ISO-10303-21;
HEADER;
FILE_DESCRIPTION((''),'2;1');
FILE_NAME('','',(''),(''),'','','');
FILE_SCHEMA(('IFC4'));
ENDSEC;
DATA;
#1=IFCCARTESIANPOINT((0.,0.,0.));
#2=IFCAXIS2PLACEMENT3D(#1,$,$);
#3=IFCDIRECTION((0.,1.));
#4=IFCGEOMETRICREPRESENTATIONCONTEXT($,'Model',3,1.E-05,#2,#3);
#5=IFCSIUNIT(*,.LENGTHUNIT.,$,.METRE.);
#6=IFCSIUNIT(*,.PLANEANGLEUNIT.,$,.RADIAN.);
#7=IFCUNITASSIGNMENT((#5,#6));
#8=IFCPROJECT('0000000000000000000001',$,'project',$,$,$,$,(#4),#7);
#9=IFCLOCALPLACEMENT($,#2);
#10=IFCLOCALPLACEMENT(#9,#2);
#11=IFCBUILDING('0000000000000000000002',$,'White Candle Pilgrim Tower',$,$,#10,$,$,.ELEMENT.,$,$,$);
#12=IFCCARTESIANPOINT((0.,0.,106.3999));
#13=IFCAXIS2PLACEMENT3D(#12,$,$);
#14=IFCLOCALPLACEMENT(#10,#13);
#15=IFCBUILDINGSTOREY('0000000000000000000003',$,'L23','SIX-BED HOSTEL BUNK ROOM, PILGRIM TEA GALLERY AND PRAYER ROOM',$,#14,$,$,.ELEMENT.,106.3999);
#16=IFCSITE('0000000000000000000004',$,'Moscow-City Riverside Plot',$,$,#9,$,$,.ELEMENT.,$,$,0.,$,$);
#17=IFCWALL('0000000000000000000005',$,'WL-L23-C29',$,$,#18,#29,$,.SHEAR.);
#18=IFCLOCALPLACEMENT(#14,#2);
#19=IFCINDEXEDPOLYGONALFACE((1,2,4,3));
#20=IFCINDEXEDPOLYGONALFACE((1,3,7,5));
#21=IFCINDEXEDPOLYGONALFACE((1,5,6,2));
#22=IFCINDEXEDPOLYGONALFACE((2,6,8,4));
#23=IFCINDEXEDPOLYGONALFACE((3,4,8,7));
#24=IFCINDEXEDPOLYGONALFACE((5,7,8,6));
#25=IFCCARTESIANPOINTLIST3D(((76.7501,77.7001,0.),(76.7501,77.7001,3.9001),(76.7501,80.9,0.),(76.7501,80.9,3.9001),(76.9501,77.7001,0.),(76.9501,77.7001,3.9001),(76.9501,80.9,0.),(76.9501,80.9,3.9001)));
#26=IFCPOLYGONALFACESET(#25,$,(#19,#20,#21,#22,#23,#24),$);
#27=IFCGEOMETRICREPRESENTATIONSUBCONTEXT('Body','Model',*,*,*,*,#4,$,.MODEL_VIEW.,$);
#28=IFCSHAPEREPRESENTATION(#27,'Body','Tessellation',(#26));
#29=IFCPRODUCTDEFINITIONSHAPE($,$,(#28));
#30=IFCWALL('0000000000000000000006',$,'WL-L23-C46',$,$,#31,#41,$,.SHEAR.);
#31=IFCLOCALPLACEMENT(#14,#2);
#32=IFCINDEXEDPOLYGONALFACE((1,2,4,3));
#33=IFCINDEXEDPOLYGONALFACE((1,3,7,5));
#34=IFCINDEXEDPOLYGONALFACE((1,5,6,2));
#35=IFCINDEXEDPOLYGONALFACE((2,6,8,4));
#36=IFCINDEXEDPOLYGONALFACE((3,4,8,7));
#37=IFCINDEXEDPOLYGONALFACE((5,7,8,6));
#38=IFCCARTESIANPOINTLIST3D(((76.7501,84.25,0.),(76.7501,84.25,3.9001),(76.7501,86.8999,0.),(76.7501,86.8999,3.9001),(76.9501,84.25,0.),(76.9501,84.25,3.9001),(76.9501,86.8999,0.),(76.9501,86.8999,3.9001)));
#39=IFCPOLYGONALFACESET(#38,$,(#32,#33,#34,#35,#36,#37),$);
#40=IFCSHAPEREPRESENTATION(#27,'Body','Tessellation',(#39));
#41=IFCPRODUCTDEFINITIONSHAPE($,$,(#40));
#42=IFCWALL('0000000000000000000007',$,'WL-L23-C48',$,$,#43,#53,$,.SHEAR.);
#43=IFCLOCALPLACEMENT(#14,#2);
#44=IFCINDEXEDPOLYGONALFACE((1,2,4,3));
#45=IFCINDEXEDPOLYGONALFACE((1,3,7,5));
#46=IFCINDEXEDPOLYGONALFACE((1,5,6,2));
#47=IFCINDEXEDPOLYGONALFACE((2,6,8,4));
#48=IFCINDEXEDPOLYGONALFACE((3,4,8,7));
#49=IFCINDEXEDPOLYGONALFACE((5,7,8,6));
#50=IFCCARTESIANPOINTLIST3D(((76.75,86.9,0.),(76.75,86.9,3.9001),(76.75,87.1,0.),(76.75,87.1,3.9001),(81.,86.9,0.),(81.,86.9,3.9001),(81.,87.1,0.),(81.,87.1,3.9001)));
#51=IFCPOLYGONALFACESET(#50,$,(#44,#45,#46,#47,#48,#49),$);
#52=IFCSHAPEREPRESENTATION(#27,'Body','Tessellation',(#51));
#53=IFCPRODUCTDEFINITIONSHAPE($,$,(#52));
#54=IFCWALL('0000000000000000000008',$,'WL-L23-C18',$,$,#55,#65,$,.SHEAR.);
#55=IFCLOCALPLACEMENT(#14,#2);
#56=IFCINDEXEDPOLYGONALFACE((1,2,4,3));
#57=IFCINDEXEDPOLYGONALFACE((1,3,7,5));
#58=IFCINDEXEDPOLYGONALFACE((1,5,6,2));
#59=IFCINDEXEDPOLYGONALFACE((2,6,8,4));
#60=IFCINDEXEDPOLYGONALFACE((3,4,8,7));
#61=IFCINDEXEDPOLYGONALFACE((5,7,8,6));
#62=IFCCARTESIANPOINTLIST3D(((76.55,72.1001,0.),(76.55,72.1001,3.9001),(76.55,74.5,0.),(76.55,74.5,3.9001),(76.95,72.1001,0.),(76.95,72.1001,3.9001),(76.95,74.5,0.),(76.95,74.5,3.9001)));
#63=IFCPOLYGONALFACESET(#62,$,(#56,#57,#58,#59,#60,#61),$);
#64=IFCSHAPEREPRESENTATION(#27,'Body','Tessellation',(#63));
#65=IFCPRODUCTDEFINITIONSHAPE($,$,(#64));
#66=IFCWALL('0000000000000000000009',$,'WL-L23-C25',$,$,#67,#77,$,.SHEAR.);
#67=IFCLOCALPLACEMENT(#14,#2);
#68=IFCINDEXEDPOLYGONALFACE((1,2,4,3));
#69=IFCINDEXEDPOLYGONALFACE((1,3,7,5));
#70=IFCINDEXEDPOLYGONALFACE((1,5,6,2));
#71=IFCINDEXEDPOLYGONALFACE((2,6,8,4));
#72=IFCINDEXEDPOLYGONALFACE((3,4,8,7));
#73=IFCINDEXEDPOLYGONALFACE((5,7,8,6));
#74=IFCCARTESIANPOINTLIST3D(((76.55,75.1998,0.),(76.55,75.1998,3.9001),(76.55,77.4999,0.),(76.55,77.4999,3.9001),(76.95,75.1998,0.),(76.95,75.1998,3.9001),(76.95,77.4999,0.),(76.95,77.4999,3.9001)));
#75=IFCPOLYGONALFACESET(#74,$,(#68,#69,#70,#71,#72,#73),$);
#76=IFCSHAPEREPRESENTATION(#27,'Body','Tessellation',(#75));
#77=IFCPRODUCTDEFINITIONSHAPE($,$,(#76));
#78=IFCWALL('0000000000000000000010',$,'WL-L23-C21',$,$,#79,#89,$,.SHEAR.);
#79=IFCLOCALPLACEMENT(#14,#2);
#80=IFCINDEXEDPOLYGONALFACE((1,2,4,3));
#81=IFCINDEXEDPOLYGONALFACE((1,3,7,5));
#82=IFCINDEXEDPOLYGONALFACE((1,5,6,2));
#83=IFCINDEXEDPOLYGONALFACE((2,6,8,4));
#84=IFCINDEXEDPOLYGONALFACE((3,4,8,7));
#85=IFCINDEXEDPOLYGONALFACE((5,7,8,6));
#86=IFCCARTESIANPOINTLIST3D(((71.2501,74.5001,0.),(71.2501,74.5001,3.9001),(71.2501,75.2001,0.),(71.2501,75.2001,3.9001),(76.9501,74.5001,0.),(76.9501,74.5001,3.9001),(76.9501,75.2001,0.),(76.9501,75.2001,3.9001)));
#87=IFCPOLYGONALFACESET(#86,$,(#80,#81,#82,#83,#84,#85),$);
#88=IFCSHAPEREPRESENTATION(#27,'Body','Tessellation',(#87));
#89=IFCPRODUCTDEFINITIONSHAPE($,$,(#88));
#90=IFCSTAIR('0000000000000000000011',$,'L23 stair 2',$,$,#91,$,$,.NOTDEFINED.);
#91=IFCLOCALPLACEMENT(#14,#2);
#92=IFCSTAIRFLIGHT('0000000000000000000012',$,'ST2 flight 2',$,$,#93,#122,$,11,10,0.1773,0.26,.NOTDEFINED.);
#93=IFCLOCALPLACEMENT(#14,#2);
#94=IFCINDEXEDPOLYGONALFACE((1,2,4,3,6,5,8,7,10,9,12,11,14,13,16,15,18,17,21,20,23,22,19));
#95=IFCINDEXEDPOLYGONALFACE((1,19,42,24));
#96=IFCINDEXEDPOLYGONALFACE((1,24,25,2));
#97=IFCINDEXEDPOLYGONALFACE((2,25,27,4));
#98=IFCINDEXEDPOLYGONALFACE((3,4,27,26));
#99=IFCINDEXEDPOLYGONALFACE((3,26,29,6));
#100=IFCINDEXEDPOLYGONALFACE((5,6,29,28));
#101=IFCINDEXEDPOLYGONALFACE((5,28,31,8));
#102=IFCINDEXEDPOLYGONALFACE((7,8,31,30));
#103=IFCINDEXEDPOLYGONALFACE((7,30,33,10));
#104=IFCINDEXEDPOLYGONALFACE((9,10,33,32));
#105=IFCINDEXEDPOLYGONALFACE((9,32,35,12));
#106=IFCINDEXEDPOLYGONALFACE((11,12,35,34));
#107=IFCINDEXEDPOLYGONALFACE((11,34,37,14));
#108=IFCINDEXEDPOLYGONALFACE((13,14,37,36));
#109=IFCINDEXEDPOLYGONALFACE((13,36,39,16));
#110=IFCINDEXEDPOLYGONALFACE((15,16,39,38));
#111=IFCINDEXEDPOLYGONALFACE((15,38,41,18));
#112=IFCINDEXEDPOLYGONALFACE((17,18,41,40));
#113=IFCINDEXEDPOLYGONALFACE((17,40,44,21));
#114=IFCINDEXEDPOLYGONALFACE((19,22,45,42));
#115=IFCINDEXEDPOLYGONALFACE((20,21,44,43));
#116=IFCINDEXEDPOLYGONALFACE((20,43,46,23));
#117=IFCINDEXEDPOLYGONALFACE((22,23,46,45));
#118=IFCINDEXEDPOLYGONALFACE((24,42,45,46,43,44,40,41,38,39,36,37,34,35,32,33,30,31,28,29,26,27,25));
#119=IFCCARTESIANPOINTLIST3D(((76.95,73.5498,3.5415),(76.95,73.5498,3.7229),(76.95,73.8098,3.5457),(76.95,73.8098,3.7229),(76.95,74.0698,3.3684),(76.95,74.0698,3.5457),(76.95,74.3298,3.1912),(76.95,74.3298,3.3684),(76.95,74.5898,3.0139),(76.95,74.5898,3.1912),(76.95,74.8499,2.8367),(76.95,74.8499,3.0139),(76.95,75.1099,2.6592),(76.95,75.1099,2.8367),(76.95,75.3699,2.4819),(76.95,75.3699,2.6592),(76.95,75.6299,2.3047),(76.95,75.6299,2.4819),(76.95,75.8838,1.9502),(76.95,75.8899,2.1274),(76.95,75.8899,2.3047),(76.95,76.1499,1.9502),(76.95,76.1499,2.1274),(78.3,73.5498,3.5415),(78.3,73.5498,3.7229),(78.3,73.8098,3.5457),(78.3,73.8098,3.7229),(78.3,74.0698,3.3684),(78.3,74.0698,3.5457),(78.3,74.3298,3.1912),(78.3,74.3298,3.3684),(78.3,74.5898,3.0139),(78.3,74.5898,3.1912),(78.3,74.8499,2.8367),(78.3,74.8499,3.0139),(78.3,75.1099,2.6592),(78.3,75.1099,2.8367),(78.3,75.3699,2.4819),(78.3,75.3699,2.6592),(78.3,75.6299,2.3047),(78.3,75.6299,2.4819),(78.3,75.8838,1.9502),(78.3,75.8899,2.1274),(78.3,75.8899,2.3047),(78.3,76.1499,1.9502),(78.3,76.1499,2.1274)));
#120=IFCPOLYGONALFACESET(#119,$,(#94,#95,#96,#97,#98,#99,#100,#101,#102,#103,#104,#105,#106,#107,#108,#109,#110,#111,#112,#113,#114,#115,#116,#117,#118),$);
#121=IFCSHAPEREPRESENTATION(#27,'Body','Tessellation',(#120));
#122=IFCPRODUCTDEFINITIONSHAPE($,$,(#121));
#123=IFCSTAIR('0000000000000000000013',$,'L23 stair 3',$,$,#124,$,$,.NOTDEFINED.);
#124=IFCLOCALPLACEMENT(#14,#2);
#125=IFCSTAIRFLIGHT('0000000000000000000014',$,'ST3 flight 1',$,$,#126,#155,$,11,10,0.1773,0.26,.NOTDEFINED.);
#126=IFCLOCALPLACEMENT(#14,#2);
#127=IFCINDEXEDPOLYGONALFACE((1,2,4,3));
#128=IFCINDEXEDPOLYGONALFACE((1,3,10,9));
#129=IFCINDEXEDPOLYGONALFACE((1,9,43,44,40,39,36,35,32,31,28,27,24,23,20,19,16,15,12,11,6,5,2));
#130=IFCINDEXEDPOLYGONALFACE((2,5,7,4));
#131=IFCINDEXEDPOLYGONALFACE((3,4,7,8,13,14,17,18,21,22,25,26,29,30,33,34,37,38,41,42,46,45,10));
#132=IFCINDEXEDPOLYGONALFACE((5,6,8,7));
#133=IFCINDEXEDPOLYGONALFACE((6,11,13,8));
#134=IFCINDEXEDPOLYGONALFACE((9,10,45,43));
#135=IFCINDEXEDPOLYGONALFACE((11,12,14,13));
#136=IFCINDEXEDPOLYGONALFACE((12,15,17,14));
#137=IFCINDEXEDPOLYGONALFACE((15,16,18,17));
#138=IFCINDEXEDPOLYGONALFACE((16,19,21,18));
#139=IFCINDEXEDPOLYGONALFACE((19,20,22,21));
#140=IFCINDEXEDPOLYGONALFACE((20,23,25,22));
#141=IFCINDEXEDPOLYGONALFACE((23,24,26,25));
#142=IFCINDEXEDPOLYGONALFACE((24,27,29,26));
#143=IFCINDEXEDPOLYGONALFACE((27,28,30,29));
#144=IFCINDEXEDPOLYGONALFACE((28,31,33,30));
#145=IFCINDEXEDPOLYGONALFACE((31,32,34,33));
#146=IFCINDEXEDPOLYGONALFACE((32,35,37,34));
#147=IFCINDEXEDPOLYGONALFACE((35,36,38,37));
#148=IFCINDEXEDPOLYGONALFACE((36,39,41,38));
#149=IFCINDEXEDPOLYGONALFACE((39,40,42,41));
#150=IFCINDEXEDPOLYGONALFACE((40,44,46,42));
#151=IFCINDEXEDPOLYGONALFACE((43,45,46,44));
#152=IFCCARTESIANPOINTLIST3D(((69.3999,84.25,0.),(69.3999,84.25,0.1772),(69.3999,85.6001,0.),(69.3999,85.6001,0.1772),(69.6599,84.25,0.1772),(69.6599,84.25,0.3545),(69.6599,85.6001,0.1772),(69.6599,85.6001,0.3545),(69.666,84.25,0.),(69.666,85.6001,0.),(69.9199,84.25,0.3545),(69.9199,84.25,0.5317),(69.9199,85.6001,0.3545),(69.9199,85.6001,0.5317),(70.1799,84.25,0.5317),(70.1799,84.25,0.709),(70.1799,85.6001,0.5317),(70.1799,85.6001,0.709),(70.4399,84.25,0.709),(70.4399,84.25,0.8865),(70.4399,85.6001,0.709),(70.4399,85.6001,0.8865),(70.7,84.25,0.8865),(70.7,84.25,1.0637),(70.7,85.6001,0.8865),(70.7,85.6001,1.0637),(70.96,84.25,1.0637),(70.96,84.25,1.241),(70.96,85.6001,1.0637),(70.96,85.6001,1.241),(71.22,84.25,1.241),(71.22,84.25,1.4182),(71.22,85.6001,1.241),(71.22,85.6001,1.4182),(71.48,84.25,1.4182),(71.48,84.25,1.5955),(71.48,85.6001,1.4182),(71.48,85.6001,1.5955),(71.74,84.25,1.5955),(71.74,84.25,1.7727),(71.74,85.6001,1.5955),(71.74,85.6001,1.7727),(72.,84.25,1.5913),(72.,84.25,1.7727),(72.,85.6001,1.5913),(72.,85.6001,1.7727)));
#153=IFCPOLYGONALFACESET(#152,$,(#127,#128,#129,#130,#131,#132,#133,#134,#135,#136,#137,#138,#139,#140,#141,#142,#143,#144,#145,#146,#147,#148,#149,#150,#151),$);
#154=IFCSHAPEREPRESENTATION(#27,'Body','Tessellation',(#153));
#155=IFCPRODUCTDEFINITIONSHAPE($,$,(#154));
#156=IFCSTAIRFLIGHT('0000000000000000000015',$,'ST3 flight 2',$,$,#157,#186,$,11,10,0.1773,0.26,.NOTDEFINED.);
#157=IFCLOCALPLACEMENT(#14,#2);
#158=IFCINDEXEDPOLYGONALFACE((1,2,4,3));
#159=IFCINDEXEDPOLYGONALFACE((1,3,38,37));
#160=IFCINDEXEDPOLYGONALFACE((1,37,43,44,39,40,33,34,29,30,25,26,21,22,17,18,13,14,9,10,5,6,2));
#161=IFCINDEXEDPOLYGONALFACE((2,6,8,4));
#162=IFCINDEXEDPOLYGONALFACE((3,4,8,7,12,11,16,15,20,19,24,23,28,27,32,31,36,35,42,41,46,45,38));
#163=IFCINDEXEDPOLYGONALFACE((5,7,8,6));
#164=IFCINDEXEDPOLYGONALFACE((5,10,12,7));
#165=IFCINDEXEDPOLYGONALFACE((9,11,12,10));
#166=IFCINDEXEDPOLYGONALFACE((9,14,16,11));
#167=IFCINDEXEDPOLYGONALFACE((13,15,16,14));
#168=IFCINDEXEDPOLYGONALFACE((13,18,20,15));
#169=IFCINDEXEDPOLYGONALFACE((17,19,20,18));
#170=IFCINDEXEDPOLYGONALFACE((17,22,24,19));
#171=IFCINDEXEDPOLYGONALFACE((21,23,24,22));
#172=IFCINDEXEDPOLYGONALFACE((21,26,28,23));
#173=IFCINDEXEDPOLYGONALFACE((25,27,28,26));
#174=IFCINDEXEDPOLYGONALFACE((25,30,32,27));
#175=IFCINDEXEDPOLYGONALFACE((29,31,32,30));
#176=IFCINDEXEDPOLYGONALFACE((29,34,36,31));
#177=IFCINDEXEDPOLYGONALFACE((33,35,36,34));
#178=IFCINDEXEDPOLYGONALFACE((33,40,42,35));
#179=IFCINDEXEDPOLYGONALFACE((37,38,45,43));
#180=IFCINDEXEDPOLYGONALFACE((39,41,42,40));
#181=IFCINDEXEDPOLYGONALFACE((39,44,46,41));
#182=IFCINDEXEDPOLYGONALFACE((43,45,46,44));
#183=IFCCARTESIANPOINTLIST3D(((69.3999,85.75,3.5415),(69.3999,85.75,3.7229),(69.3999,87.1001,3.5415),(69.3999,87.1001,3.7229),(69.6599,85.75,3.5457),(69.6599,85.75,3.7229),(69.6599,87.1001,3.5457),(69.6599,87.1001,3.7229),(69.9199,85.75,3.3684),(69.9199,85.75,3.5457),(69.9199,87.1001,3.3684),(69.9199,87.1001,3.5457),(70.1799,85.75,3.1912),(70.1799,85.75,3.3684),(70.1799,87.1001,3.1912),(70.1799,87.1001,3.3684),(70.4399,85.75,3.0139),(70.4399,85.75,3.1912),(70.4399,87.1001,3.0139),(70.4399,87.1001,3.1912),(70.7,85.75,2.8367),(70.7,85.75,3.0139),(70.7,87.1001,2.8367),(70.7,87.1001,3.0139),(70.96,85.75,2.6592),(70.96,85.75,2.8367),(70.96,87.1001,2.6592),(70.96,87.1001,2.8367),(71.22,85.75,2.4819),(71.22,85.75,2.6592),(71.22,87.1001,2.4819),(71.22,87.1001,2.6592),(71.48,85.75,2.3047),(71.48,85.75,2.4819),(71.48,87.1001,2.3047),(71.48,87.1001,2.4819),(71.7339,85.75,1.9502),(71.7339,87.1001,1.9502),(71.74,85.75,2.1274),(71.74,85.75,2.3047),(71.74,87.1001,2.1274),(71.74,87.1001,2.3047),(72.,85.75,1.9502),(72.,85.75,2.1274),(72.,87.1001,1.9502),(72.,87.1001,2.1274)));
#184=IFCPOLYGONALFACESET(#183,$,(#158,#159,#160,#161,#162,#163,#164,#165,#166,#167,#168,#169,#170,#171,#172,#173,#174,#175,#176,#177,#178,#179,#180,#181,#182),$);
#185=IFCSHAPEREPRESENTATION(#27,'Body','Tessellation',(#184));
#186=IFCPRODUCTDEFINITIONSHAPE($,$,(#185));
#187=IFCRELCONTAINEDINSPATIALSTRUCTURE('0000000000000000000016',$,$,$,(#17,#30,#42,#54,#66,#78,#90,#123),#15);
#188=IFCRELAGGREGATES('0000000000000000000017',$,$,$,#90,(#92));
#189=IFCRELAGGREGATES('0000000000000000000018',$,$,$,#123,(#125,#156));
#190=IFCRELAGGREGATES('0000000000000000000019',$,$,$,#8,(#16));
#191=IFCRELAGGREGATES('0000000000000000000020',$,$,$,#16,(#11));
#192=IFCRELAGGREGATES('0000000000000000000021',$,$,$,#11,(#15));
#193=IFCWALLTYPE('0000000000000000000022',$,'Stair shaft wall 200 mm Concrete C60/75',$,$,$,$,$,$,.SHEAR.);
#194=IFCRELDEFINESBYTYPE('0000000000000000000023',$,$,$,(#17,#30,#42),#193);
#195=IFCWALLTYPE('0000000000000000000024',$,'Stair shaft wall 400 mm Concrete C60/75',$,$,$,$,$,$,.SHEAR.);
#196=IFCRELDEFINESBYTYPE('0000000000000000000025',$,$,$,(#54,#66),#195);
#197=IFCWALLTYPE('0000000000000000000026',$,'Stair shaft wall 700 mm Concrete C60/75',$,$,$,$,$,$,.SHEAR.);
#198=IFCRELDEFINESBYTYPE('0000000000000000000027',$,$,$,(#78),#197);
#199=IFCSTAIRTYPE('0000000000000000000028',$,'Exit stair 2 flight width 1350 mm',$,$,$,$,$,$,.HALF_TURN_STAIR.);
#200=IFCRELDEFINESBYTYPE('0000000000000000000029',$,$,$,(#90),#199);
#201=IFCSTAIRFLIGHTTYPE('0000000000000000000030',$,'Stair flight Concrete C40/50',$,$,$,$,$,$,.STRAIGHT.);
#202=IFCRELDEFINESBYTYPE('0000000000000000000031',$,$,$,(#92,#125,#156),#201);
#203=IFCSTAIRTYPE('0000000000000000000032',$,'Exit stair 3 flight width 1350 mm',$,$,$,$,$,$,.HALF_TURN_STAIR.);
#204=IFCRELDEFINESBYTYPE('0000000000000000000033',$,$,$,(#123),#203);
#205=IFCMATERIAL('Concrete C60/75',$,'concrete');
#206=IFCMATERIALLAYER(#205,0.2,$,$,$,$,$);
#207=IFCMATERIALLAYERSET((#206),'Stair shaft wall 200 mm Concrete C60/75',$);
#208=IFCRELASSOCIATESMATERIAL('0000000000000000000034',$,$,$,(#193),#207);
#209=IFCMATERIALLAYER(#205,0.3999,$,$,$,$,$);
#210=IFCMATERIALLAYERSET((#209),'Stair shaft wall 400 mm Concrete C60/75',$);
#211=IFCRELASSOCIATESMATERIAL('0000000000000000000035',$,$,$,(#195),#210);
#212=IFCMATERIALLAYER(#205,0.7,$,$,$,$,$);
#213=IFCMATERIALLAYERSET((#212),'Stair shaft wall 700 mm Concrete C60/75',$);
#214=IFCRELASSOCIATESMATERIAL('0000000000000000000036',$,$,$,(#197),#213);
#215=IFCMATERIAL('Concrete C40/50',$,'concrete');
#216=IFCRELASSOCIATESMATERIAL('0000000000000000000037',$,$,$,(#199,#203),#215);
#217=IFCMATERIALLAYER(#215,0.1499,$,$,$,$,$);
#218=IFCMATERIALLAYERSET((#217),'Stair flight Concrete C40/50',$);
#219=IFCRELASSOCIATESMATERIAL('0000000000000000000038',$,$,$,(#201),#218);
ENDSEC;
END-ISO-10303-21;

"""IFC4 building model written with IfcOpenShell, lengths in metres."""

from ifc_helpers import new_model, si_unit, direction, frame, frame_2d, origin, place, context, subcontext, project, spatial, polyline, rectangle, outline, extrude, material, layer, layer_set, type_object, element, aggregate, save


model = new_model("IFC4")

# Units and contexts
model_context = context("Model", 3, precision=1e-05, world=origin(), true_north=direction((0.0, 1.0)))
body_context = subcontext(model_context, "Body", "Model", "MODEL_VIEW")
ifc_project = project(units=[si_unit("LENGTHUNIT", "METRE"), si_unit("PLANEANGLEUNIT", "RADIAN")], contexts=[model_context])

# Site, building, storey
site_placement = place(None, origin())
site = spatial("IfcSite", under=ifc_project, at=site_placement, Name="Moscow-City Riverside Plot", CompositionType="ELEMENT", RefElevation=0.0)
building_placement = place(site_placement, origin())
building = spatial("IfcBuilding", under=site, at=building_placement, Name="White Candle Pilgrim Tower", CompositionType="ELEMENT")
storey_placement = place(building_placement, frame((0.0, 0.0, 106.3999)))
storey = spatial("IfcBuildingStorey", under=building, at=storey_placement, Name="L23", Description="SIX-BED HOSTEL BUNK ROOM, PILGRIM TEA GALLERY AND PRAYER ROOM", CompositionType="ELEMENT", Elevation=106.3999)

# Shared definitions
ifc_material_1 = material(Name="Concrete C60/75", Category="concrete")

# Shared definitions
ifc_layer_1 = layer(ifc_material_1, 0.2)
ifc_layer_set_1 = layer_set([ifc_layer_1], Name="Stair shaft wall 200 mm Concrete C60/75")
wall_type_1 = type_object("IfcWallType", Name="Stair shaft wall 200 mm Concrete C60/75", PredefinedType="SHEAR", material=ifc_layer_set_1)

# Walls
wall_1_placement = place(storey_placement, frame((76.8501, 77.7, 0.0), z_axis=(0.0, 0.0, 1.0), x_axis=(0.0, 1.0, 0.0)))
element("IfcWall", 1, at=wall_1_placement, inside=storey, type_object=wall_type_1, Name="WL-L23-C29", PredefinedType="SHEAR", context=body_context, shape_type="SweptSolid", body=[
    extrude(rectangle(XDim=3.2, YDim=0.2, at=frame_2d((1.6001, 0.0))), origin(), (0.0, 0.0, 1.0), 3.9001),
])
wall_2_placement = place(storey_placement, frame((76.8501, 84.25, 0.0), z_axis=(0.0, 0.0, 1.0), x_axis=(0.0, 1.0, 0.0)))
element("IfcWall", 2, at=wall_2_placement, inside=storey, type_object=wall_type_1, Name="WL-L23-C46", PredefinedType="SHEAR", context=body_context, shape_type="SweptSolid", body=[
    extrude(rectangle(XDim=2.6499, YDim=0.2, at=frame_2d((1.325, 0.0))), origin(), (0.0, 0.0, 1.0), 3.9001),
])
wall_3_placement = place(storey_placement, frame((76.75, 87.0, 0.0), z_axis=(0.0, 0.0, 1.0), x_axis=(1.0, 0.0, 0.0)))
element("IfcWall", 3, at=wall_3_placement, inside=storey, type_object=wall_type_1, Name="WL-L23-C48", PredefinedType="SHEAR", context=body_context, shape_type="SweptSolid", body=[
    extrude(rectangle(XDim=4.25, YDim=0.2, at=frame_2d((2.125, 0.0))), origin(), (0.0, 0.0, 1.0), 3.9001),
])
ifc_layer_2 = layer(ifc_material_1, 0.3999)
ifc_layer_set_2 = layer_set([ifc_layer_2], Name="Stair shaft wall 400 mm Concrete C60/75")
wall_type_2 = type_object("IfcWallType", Name="Stair shaft wall 400 mm Concrete C60/75", PredefinedType="SHEAR", material=ifc_layer_set_2)
wall_4_placement = place(storey_placement, frame((76.75, 72.1001, 0.0), z_axis=(0.0, 0.0, 1.0), x_axis=(0.0, 1.0, 0.0)))
element("IfcWall", 4, at=wall_4_placement, inside=storey, type_object=wall_type_2, Name="WL-L23-C18", PredefinedType="SHEAR", context=body_context, shape_type="SweptSolid", body=[
    extrude(rectangle(XDim=2.3999, YDim=0.3999, at=frame_2d((1.2, 0.0))), origin(), (0.0, 0.0, 1.0), 3.9001),
])
wall_5_placement = place(storey_placement, frame((76.75, 75.2, 0.0), z_axis=(0.0, 0.0, 1.0), x_axis=(0.0, 1.0, 0.0)))
element("IfcWall", 5, at=wall_5_placement, inside=storey, type_object=wall_type_2, Name="WL-L23-C25", PredefinedType="SHEAR", context=body_context, shape_type="SweptSolid", body=[
    extrude(rectangle(XDim=2.3, YDim=0.3999, at=frame_2d((1.1499, 0.0))), origin(), (0.0, 0.0, 1.0), 3.9001),
])
ifc_layer_3 = layer(ifc_material_1, 0.7)
ifc_layer_set_3 = layer_set([ifc_layer_3], Name="Stair shaft wall 700 mm Concrete C60/75")
wall_type_3 = type_object("IfcWallType", Name="Stair shaft wall 700 mm Concrete C60/75", PredefinedType="SHEAR", material=ifc_layer_set_3)
wall_6_placement = place(storey_placement, frame((71.25, 74.8501, 0.0), z_axis=(0.0, 0.0, 1.0), x_axis=(1.0, 0.0, 0.0)))
element("IfcWall", 6, at=wall_6_placement, inside=storey, type_object=wall_type_3, Name="WL-L23-C21", PredefinedType="SHEAR", context=body_context, shape_type="SweptSolid", body=[
    extrude(rectangle(XDim=5.7, YDim=0.7, at=frame_2d((2.8501, 0.0))), origin(), (0.0, 0.0, 1.0), 3.9001),
])

# Stair, stair flight
ifc_material_2 = material(Name="Concrete C40/50", Category="concrete")
stair_type_1 = type_object("IfcStairType", Name="Exit stair 2 flight width 1350 mm", PredefinedType="HALF_TURN_STAIR", material=ifc_material_2)
stair_1_placement = place(storey_placement, origin())
stair_1 = element("IfcStair", 7, at=stair_1_placement, inside=storey, type_object=stair_type_1, Name="L23 stair 2", PredefinedType="NOTDEFINED")
ifc_layer_4 = layer(ifc_material_2, 0.1499)
ifc_layer_set_4 = layer_set([ifc_layer_4], Name="Stair flight Concrete C40/50")
stair_flight_type = type_object("IfcStairFlightType", Name="Stair flight Concrete C40/50", PredefinedType="STRAIGHT", material=ifc_layer_set_4)
stair_flight_1_placement = place(storey_placement, frame((77.625, 76.1499, 1.9502), z_axis=(0.0, 0.0, 1.0), x_axis=(0.0, -1.0, 0.0)))
stair_flight_1 = element("IfcStairFlight", 8, at=stair_flight_1_placement, type_object=stair_flight_type, Name="ST2 flight 2", NumberOfRisers=11, NumberOfTreads=10, PredefinedType="NOTDEFINED", RiserHeight=0.1773, TreadLength=0.26, context=body_context, shape_type="SweptSolid", body=[
    extrude(outline(polyline([(0.0, 0.0), (0.0, 0.1772), (0.26, 0.1772), (0.26, 0.3545), (0.52, 0.3545), (0.52, 0.5317), (0.78, 0.5317), (0.78, 0.709), (1.04, 0.709), (1.04, 0.8865), (1.3, 0.8865), (1.3, 1.0637), (1.5601, 1.0637), (1.5601, 1.241), (1.8201, 1.241), (1.8201, 1.4182), (2.0801, 1.4182), (2.0801, 1.5955), (2.3401, 1.5955), (2.3401, 1.7727), (2.6001, 1.7727), (2.6001, 1.95), (2.6001, 1.5913), (0.2661, 0.0), (0.0, 0.0)])), frame((0.0, 0.675, 0.0), z_axis=(0.0, -1.0, 0.0), x_axis=(1.0, 0.0, 0.0)), (0.0, 0.0, 1.0), 1.3501),
])
aggregate(stair_1, [stair_flight_1])

# Stair, stair flights
stair_type_2 = type_object("IfcStairType", Name="Exit stair 3 flight width 1350 mm", PredefinedType="HALF_TURN_STAIR", material=ifc_material_2)
stair_2_placement = place(storey_placement, origin())
stair_2 = element("IfcStair", 9, at=stair_2_placement, inside=storey, type_object=stair_type_2, Name="L23 stair 3", PredefinedType="NOTDEFINED")
stair_flight_2_placement = place(storey_placement, frame((69.3999, 84.925, 0.0), z_axis=(0.0, 0.0, 1.0), x_axis=(1.0, 0.0, 0.0)))
stair_flight_2 = element("IfcStairFlight", 10, at=stair_flight_2_placement, type_object=stair_flight_type, Name="ST3 flight 1", NumberOfRisers=11, NumberOfTreads=10, PredefinedType="NOTDEFINED", RiserHeight=0.1773, TreadLength=0.26, context=body_context, shape_type="SweptSolid", body=[
    extrude(outline(polyline([(0.0, 0.0), (0.0, 0.1772), (0.26, 0.1772), (0.26, 0.3545), (0.52, 0.3545), (0.52, 0.5317), (0.78, 0.5317), (0.78, 0.709), (1.04, 0.709), (1.04, 0.8865), (1.3, 0.8865), (1.3, 1.0637), (1.5601, 1.0637), (1.5601, 1.241), (1.8201, 1.241), (1.8201, 1.4182), (2.0801, 1.4182), (2.0801, 1.5955), (2.3401, 1.5955), (2.3401, 1.7727), (2.6001, 1.7727), (2.6001, 1.95), (2.6001, 1.5913), (0.2661, 0.0), (0.0, 0.0)])), frame((0.0, 0.675, 0.0), z_axis=(0.0, -1.0, 0.0), x_axis=(1.0, 0.0, 0.0)), (0.0, 0.0, 1.0), 1.3501),
])
stair_flight_3_placement = place(storey_placement, frame((72.0, 86.425, 1.9502), z_axis=(0.0, 0.0, 1.0), x_axis=(-1.0, 0.0, 0.0)))
stair_flight_3 = element("IfcStairFlight", 11, at=stair_flight_3_placement, type_object=stair_flight_type, Name="ST3 flight 2", NumberOfRisers=11, NumberOfTreads=10, PredefinedType="NOTDEFINED", RiserHeight=0.1773, TreadLength=0.26, context=body_context, shape_type="SweptSolid", body=[
    extrude(outline(polyline([(0.0, 0.0), (0.0, 0.1772), (0.26, 0.1772), (0.26, 0.3545), (0.52, 0.3545), (0.52, 0.5317), (0.78, 0.5317), (0.78, 0.709), (1.04, 0.709), (1.04, 0.8865), (1.3, 0.8865), (1.3, 1.0637), (1.5601, 1.0637), (1.5601, 1.241), (1.8201, 1.241), (1.8201, 1.4182), (2.0801, 1.4182), (2.0801, 1.5955), (2.3401, 1.5955), (2.3401, 1.7727), (2.6001, 1.7727), (2.6001, 1.95), (2.6001, 1.5913), (0.2661, 0.0), (0.0, 0.0)])), frame((0.0, 0.675, 0.0), z_axis=(0.0, -1.0, 0.0), x_axis=(1.0, 0.0, 0.0)), (0.0, 0.0, 1.0), 1.3501),
])
aggregate(stair_2, [stair_flight_2, stair_flight_3])

save(model, "model.ifc")
